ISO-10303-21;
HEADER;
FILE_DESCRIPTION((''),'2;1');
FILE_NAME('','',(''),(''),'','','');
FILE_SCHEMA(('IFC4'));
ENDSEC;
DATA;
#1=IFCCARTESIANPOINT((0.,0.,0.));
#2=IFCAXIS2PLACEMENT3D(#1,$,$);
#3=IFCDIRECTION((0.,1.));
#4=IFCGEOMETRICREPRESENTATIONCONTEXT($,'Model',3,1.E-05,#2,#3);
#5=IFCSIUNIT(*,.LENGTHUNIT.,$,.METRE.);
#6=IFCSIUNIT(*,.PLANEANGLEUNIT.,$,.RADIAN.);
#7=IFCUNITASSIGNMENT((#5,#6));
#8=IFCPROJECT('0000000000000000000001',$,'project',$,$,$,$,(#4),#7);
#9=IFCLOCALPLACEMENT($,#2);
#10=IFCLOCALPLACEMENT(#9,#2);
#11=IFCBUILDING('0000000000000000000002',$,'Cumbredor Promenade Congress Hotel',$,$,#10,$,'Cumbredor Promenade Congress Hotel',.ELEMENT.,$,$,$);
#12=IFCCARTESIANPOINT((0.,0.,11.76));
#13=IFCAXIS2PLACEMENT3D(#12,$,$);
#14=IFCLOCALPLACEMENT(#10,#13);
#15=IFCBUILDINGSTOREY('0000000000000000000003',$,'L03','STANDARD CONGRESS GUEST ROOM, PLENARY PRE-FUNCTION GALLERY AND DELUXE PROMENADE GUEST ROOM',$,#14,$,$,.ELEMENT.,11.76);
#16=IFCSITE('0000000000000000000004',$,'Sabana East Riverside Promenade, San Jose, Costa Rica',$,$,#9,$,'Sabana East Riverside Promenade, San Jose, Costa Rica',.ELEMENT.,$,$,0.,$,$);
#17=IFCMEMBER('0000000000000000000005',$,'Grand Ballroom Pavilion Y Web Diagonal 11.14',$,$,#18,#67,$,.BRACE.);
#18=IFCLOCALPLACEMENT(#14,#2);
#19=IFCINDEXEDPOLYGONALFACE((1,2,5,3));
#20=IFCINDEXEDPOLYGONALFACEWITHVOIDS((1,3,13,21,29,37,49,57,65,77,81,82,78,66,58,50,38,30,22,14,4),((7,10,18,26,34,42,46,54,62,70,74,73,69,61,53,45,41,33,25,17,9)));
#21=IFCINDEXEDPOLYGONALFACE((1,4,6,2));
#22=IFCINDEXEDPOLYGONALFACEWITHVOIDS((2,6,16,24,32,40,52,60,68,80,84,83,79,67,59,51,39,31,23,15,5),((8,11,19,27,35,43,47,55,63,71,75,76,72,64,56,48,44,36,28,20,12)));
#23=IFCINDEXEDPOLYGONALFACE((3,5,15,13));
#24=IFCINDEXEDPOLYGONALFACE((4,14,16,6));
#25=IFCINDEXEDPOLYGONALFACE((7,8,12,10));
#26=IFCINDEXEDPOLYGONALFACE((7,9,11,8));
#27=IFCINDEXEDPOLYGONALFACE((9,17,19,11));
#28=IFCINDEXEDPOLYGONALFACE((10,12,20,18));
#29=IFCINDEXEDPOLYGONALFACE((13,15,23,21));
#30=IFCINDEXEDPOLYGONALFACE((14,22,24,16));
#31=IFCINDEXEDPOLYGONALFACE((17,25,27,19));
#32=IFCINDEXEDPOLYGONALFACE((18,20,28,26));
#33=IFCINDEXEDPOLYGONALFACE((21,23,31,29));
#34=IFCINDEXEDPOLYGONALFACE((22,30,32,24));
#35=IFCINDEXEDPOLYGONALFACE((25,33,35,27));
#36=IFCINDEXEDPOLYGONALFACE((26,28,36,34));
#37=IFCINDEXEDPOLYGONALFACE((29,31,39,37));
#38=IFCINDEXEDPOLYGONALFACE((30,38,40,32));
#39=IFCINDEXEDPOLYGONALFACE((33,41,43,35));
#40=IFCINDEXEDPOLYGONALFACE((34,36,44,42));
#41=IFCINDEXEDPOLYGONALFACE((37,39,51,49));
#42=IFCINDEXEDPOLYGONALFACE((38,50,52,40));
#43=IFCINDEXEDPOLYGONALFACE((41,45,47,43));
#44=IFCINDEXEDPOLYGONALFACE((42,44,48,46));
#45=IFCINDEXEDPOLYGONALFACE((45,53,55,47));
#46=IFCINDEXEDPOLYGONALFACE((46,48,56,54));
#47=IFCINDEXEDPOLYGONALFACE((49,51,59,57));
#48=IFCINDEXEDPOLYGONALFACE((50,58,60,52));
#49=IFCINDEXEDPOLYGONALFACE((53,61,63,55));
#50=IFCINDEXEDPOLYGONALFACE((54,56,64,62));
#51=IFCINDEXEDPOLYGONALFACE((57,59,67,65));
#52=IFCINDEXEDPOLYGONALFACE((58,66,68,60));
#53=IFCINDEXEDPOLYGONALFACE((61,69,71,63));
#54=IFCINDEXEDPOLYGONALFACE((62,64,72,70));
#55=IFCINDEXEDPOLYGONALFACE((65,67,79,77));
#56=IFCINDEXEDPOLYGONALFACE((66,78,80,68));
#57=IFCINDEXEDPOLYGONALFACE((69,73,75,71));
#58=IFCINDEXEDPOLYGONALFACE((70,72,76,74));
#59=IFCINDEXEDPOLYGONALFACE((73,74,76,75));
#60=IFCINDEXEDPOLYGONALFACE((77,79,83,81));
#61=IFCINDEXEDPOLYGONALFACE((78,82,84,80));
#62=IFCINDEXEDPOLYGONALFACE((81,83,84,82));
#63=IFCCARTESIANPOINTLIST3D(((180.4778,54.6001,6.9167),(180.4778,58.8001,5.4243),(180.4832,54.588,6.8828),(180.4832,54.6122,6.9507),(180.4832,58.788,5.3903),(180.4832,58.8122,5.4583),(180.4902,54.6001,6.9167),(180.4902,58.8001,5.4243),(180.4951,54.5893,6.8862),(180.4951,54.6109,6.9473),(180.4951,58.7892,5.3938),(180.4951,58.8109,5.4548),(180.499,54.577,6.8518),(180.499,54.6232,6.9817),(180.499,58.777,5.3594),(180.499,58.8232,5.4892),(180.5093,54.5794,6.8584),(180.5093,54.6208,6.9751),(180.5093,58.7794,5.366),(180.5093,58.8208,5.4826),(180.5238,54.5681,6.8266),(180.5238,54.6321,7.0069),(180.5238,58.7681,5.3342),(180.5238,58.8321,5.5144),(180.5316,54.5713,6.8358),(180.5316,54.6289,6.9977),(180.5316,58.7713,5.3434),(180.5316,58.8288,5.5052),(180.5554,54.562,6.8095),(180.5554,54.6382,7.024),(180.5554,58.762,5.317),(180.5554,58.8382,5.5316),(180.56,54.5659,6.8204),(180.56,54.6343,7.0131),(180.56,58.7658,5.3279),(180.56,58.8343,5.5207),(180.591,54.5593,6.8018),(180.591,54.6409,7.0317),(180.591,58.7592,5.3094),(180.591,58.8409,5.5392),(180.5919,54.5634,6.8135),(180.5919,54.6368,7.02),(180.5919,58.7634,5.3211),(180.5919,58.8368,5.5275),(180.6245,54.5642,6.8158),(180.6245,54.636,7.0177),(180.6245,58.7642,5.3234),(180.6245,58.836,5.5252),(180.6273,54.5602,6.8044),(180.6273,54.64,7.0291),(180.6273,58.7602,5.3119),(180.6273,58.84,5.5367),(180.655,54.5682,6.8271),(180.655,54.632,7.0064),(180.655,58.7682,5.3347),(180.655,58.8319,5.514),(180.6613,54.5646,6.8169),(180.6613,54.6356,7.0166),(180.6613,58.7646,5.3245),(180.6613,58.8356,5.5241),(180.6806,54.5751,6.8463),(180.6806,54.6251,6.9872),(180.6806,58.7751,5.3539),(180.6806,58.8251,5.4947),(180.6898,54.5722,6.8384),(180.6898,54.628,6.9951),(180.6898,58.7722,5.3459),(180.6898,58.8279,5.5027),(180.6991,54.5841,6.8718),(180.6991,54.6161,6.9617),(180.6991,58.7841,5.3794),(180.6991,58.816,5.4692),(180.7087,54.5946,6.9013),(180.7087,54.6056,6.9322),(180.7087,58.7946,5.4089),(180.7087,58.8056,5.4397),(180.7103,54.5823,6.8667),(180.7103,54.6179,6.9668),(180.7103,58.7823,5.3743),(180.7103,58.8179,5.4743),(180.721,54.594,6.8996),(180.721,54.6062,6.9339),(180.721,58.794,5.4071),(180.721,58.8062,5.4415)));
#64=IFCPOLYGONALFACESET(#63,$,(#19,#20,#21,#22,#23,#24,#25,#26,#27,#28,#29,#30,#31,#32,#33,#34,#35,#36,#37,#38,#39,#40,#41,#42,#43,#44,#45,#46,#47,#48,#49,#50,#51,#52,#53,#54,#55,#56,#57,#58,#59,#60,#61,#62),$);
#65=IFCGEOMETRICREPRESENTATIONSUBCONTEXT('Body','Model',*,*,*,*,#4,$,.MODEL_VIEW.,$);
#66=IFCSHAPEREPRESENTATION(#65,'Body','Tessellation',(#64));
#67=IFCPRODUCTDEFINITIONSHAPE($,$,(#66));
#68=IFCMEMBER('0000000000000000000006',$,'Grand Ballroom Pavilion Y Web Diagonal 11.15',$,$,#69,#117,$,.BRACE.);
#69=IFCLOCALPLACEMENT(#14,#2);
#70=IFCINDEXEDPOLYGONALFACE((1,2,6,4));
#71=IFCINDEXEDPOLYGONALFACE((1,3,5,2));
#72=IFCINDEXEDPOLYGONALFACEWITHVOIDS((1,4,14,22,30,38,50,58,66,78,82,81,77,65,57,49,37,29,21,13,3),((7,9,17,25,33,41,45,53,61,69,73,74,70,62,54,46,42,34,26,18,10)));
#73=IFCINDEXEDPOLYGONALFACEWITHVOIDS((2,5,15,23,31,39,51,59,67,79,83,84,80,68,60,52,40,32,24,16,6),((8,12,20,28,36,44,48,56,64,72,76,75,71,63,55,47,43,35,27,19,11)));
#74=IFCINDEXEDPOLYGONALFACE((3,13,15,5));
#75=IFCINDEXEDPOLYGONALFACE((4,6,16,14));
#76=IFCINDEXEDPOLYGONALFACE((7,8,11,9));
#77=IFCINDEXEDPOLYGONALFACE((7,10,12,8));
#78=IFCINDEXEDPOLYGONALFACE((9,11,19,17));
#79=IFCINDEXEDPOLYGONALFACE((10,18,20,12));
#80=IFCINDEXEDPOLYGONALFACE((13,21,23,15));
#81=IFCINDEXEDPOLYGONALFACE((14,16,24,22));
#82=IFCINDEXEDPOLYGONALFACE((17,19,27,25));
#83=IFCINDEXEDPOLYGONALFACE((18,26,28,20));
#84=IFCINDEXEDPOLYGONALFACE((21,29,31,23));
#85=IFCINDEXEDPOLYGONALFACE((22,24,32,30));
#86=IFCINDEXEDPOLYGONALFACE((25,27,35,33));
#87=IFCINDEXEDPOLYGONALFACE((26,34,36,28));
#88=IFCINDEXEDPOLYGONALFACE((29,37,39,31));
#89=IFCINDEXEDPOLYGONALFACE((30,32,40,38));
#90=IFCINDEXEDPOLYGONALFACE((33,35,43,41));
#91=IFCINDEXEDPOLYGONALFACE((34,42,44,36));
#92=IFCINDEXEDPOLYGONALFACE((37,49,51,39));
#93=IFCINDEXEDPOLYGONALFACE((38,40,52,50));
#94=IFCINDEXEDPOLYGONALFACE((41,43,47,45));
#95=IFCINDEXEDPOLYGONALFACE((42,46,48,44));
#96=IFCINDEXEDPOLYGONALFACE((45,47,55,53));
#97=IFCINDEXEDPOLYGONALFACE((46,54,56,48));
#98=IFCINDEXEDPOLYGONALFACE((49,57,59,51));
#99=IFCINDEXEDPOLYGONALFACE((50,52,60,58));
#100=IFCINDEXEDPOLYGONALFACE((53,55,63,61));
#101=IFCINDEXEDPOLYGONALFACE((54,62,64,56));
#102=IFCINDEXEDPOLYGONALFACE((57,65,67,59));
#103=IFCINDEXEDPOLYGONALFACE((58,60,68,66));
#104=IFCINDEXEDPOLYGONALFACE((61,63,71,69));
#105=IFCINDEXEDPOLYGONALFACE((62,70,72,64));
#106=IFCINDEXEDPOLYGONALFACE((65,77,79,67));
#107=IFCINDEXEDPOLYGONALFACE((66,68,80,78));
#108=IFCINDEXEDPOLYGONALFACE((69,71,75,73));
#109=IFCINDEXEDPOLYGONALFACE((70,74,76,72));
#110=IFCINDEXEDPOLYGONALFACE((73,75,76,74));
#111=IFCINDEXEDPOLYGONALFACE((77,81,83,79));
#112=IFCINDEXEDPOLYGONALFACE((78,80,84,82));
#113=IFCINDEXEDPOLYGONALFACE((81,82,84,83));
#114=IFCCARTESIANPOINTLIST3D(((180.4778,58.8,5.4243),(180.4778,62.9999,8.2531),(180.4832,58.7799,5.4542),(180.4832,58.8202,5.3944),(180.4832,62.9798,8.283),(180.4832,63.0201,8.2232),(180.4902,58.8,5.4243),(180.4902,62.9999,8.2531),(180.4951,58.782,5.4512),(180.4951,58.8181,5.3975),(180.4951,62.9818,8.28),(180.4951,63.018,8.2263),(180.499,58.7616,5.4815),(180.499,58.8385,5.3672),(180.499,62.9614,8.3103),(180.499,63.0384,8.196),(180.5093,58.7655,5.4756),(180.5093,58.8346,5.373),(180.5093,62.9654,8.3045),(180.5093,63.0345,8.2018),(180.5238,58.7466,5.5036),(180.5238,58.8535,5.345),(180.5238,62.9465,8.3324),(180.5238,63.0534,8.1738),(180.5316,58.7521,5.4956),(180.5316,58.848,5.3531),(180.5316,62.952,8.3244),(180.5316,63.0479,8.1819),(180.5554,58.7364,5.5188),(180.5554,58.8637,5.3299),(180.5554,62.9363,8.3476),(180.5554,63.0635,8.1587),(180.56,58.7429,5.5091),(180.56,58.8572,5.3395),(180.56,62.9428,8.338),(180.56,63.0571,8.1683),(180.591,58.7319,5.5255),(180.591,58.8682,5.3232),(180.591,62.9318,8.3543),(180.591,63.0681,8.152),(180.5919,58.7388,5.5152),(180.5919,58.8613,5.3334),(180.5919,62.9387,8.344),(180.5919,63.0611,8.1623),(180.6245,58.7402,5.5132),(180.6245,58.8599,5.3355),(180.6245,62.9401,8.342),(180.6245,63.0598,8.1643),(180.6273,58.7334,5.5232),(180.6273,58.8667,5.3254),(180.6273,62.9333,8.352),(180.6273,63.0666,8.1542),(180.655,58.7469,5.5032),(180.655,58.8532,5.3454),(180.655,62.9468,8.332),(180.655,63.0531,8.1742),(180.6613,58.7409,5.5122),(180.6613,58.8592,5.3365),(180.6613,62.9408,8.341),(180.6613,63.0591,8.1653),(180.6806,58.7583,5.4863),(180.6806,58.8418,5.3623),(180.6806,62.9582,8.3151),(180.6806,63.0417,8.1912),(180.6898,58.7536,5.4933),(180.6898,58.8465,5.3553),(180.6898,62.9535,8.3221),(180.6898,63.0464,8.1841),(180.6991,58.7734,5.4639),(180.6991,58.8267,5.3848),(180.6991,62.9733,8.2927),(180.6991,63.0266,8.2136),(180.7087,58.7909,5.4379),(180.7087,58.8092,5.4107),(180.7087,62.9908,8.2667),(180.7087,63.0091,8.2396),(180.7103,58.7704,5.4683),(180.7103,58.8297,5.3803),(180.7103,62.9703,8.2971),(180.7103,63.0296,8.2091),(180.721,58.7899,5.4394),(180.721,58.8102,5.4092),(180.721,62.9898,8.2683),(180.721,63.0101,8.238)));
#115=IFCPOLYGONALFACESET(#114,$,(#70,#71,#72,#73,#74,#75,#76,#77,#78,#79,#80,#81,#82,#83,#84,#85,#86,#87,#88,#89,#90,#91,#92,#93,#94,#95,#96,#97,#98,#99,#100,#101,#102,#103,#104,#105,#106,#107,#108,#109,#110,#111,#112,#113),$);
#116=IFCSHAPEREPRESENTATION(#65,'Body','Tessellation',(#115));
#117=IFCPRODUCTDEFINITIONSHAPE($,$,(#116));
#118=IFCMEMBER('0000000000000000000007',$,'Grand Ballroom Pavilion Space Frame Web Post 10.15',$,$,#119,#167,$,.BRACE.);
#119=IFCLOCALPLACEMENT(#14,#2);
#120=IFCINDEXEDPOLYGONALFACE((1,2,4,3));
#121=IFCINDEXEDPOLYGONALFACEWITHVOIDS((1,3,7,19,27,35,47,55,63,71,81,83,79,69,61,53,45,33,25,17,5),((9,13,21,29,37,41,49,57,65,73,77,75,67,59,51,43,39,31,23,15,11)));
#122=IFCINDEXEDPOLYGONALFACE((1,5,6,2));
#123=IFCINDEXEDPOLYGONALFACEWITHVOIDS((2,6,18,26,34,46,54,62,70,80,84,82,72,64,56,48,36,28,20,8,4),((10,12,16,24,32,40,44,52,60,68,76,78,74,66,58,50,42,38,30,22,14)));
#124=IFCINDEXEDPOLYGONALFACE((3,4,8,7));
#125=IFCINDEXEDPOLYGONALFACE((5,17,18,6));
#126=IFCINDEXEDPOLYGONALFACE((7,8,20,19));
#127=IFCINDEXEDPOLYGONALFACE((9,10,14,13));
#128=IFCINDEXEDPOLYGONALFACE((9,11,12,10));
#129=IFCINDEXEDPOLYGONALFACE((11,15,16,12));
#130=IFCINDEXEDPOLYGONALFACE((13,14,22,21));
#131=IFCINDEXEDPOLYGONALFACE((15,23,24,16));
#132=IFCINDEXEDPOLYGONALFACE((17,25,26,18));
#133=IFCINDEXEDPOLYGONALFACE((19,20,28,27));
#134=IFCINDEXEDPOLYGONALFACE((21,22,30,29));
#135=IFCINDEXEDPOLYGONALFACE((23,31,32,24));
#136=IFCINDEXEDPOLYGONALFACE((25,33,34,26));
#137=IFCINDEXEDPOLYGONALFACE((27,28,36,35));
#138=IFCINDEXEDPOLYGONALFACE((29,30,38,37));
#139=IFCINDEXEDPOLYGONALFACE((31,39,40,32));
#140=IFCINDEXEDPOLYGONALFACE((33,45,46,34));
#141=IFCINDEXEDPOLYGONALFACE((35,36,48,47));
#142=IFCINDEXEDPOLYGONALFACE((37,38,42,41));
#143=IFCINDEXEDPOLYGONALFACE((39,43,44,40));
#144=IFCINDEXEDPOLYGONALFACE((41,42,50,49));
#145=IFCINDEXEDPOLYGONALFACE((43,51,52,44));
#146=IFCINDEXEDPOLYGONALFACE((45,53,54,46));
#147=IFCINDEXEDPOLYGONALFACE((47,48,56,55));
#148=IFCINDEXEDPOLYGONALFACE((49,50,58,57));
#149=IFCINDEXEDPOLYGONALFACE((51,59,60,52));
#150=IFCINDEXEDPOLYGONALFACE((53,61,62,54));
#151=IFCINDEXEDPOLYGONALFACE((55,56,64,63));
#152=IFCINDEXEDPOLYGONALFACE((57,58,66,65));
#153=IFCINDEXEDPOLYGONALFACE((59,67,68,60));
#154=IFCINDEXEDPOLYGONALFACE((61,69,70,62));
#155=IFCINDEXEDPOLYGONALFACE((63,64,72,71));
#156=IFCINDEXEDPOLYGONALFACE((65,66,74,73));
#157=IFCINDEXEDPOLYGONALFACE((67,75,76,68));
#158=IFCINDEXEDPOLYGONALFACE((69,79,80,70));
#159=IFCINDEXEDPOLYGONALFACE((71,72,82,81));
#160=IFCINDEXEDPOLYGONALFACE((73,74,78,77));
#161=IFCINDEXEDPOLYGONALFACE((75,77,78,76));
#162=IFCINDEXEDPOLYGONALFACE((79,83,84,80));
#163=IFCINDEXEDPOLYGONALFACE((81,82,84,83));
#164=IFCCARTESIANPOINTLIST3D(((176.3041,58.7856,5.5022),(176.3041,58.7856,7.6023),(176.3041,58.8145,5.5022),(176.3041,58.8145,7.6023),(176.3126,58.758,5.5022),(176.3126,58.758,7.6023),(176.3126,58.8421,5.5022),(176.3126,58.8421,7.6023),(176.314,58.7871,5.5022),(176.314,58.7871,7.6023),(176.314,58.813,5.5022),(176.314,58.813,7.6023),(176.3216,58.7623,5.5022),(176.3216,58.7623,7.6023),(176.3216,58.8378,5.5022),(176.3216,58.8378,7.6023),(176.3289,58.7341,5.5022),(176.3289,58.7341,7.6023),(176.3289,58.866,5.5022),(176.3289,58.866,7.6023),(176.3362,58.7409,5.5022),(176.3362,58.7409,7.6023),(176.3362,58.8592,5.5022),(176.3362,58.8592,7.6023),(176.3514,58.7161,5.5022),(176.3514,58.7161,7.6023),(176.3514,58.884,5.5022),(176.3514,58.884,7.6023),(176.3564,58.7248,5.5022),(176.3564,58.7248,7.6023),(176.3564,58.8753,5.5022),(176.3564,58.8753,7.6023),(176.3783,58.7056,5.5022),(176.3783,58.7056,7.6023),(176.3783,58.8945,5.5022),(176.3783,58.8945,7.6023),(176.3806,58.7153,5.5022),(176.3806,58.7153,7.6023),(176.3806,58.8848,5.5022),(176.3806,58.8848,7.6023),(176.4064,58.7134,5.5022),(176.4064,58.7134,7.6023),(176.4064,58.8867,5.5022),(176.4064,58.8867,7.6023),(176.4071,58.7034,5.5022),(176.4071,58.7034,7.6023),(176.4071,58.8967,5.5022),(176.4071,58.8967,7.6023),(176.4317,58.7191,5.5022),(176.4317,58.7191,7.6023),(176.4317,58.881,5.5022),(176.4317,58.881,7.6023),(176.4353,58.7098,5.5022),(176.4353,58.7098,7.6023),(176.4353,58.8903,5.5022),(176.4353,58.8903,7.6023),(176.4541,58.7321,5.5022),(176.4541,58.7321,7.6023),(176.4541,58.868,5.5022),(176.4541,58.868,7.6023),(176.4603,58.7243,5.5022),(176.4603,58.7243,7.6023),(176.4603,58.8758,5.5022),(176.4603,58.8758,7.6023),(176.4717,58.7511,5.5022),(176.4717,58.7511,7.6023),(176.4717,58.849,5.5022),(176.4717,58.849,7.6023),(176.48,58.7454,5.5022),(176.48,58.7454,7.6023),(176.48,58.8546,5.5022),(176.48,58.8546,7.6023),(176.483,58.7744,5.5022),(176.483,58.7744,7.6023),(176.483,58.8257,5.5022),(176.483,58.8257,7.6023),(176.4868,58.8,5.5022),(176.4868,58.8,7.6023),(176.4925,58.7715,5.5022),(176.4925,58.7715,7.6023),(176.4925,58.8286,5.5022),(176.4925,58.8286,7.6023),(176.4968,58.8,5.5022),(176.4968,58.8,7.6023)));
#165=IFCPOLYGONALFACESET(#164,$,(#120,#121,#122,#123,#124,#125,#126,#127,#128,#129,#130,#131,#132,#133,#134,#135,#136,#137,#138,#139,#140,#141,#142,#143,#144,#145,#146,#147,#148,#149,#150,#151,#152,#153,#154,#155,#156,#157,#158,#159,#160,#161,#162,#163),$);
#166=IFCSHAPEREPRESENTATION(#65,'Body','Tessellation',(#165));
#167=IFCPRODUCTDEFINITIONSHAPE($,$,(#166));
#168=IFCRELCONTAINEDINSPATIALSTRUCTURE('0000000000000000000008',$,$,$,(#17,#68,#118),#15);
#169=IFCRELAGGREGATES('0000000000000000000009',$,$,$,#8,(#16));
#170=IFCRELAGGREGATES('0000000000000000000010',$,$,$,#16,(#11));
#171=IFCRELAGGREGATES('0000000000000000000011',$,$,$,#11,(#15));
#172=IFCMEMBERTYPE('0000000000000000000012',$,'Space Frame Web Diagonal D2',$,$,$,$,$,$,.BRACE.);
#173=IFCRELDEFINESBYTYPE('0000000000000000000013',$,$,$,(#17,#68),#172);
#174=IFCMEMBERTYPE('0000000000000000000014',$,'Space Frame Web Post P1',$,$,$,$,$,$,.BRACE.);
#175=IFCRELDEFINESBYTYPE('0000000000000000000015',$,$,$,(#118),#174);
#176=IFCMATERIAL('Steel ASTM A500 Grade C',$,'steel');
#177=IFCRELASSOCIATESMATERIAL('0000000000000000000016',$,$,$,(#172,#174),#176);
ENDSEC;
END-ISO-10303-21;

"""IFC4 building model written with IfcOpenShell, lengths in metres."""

from ifc_helpers import new_model, si_unit, direction, frame, origin, origin_2d, place, context, subcontext, project, spatial, hollow_circle, extrude, material, material_profile, profile_set, type_object, element, save


model = new_model("IFC4")

# Units and contexts
model_context = context("Model", 3, precision=1e-05, world=origin(), true_north=direction((0.0, 1.0)))
body_context = subcontext(model_context, "Body", "Model", "MODEL_VIEW")
ifc_project = project(units=[si_unit("LENGTHUNIT", "METRE"), si_unit("PLANEANGLEUNIT", "RADIAN")], contexts=[model_context])

# Site, building, storey
site_placement = place(None, origin())
site = spatial("IfcSite", under=ifc_project, at=site_placement, Name="Sabana East Riverside Promenade, San Jose, Costa Rica", LongName="Sabana East Riverside Promenade, San Jose, Costa Rica", CompositionType="ELEMENT", RefElevation=0.0)
building_placement = place(site_placement, origin())
building = spatial("IfcBuilding", under=site, at=building_placement, Name="Cumbredor Promenade Congress Hotel", LongName="Cumbredor Promenade Congress Hotel", CompositionType="ELEMENT")
storey_placement = place(building_placement, frame((0.0, 0.0, 11.76)))
storey = spatial("IfcBuildingStorey", under=building, at=storey_placement, Name="L03", Description="STANDARD CONGRESS GUEST ROOM, PLENARY PRE-FUNCTION GALLERY AND DELUXE PROMENADE GUEST ROOM", CompositionType="ELEMENT", Elevation=11.76)

# Members
ifc_material_1 = material(Name="Steel ASTM A500 Grade C", Category="steel")
ifc_material_profile_1 = material_profile(ifc_material_1, hollow_circle(Radius=0.1223, WallThickness=0.0125, at=origin_2d()), Name="CHS 244.5x12.5")
ifc_profile_set_1 = profile_set([ifc_material_profile_1], Name="Steel ASTM A500 Grade C")
member_type_1 = type_object("IfcMemberType", Name="Space Frame Web Diagonal D2", PredefinedType="BRACE", material=ifc_profile_set_1)
member_1_placement = place(storey_placement, frame((180.6001, 54.6001, 6.9167), z_axis=(0.0, 0.942277, -0.334834), x_axis=(-1.0, 0.0, 0.0)))
element("IfcMember", 1, at=member_1_placement, inside=storey, type_object=member_type_1, Name="Grand Ballroom Pavilion Y Web Diagonal 11.14", PredefinedType="BRACE", context=body_context, shape_type="SweptSolid", body=[
    extrude(hollow_circle(Radius=0.1223, WallThickness=0.0125, at=origin_2d()), origin(), (0.0, 0.0, 1.0), 4.4573),
])
member_2_placement = place(storey_placement, frame((180.6001, 58.8, 5.4243), z_axis=(0.0, 0.829408, 0.558644), x_axis=(-1.0, 0.0, 0.0)))
element("IfcMember", 2, at=member_2_placement, inside=storey, type_object=member_type_1, Name="Grand Ballroom Pavilion Y Web Diagonal 11.15", PredefinedType="BRACE", context=body_context, shape_type="SweptSolid", body=[
    extrude(hollow_circle(Radius=0.1223, WallThickness=0.0125, at=origin_2d()), origin(), (0.0, 0.0, 1.0), 5.0637),
])
ifc_material_profile_2 = material_profile(ifc_material_1, hollow_circle(Radius=0.0969, WallThickness=0.01, at=origin_2d()), Name="CHS 193.7x10")
ifc_profile_set_2 = profile_set([ifc_material_profile_2], Name="Steel ASTM A500 Grade C")
member_type_2 = type_object("IfcMemberType", Name="Space Frame Web Post P1", PredefinedType="BRACE", material=ifc_profile_set_2)
for number, where, z_axis, x_axis, name in (
    (3, (176.3999, 58.8, 5.5022), (0.0, 0.0, 1.0), (1.0, 0.0, 0.0), "Grand Ballroom Pavilion Space Frame Web Post 10.15"),
):
    element("IfcMember", number, at=place(storey_placement, frame(where, z_axis=z_axis, x_axis=x_axis)), inside=storey, type_object=member_type_2, Name=name, PredefinedType="BRACE", context=body_context, shape_type="SweptSolid", body=[
        extrude(hollow_circle(Radius=0.0969, WallThickness=0.01, at=origin_2d()), origin(), (0.0, 0.0, 1.0), 2.1001),
    ])

save(model, "model.ifc")
